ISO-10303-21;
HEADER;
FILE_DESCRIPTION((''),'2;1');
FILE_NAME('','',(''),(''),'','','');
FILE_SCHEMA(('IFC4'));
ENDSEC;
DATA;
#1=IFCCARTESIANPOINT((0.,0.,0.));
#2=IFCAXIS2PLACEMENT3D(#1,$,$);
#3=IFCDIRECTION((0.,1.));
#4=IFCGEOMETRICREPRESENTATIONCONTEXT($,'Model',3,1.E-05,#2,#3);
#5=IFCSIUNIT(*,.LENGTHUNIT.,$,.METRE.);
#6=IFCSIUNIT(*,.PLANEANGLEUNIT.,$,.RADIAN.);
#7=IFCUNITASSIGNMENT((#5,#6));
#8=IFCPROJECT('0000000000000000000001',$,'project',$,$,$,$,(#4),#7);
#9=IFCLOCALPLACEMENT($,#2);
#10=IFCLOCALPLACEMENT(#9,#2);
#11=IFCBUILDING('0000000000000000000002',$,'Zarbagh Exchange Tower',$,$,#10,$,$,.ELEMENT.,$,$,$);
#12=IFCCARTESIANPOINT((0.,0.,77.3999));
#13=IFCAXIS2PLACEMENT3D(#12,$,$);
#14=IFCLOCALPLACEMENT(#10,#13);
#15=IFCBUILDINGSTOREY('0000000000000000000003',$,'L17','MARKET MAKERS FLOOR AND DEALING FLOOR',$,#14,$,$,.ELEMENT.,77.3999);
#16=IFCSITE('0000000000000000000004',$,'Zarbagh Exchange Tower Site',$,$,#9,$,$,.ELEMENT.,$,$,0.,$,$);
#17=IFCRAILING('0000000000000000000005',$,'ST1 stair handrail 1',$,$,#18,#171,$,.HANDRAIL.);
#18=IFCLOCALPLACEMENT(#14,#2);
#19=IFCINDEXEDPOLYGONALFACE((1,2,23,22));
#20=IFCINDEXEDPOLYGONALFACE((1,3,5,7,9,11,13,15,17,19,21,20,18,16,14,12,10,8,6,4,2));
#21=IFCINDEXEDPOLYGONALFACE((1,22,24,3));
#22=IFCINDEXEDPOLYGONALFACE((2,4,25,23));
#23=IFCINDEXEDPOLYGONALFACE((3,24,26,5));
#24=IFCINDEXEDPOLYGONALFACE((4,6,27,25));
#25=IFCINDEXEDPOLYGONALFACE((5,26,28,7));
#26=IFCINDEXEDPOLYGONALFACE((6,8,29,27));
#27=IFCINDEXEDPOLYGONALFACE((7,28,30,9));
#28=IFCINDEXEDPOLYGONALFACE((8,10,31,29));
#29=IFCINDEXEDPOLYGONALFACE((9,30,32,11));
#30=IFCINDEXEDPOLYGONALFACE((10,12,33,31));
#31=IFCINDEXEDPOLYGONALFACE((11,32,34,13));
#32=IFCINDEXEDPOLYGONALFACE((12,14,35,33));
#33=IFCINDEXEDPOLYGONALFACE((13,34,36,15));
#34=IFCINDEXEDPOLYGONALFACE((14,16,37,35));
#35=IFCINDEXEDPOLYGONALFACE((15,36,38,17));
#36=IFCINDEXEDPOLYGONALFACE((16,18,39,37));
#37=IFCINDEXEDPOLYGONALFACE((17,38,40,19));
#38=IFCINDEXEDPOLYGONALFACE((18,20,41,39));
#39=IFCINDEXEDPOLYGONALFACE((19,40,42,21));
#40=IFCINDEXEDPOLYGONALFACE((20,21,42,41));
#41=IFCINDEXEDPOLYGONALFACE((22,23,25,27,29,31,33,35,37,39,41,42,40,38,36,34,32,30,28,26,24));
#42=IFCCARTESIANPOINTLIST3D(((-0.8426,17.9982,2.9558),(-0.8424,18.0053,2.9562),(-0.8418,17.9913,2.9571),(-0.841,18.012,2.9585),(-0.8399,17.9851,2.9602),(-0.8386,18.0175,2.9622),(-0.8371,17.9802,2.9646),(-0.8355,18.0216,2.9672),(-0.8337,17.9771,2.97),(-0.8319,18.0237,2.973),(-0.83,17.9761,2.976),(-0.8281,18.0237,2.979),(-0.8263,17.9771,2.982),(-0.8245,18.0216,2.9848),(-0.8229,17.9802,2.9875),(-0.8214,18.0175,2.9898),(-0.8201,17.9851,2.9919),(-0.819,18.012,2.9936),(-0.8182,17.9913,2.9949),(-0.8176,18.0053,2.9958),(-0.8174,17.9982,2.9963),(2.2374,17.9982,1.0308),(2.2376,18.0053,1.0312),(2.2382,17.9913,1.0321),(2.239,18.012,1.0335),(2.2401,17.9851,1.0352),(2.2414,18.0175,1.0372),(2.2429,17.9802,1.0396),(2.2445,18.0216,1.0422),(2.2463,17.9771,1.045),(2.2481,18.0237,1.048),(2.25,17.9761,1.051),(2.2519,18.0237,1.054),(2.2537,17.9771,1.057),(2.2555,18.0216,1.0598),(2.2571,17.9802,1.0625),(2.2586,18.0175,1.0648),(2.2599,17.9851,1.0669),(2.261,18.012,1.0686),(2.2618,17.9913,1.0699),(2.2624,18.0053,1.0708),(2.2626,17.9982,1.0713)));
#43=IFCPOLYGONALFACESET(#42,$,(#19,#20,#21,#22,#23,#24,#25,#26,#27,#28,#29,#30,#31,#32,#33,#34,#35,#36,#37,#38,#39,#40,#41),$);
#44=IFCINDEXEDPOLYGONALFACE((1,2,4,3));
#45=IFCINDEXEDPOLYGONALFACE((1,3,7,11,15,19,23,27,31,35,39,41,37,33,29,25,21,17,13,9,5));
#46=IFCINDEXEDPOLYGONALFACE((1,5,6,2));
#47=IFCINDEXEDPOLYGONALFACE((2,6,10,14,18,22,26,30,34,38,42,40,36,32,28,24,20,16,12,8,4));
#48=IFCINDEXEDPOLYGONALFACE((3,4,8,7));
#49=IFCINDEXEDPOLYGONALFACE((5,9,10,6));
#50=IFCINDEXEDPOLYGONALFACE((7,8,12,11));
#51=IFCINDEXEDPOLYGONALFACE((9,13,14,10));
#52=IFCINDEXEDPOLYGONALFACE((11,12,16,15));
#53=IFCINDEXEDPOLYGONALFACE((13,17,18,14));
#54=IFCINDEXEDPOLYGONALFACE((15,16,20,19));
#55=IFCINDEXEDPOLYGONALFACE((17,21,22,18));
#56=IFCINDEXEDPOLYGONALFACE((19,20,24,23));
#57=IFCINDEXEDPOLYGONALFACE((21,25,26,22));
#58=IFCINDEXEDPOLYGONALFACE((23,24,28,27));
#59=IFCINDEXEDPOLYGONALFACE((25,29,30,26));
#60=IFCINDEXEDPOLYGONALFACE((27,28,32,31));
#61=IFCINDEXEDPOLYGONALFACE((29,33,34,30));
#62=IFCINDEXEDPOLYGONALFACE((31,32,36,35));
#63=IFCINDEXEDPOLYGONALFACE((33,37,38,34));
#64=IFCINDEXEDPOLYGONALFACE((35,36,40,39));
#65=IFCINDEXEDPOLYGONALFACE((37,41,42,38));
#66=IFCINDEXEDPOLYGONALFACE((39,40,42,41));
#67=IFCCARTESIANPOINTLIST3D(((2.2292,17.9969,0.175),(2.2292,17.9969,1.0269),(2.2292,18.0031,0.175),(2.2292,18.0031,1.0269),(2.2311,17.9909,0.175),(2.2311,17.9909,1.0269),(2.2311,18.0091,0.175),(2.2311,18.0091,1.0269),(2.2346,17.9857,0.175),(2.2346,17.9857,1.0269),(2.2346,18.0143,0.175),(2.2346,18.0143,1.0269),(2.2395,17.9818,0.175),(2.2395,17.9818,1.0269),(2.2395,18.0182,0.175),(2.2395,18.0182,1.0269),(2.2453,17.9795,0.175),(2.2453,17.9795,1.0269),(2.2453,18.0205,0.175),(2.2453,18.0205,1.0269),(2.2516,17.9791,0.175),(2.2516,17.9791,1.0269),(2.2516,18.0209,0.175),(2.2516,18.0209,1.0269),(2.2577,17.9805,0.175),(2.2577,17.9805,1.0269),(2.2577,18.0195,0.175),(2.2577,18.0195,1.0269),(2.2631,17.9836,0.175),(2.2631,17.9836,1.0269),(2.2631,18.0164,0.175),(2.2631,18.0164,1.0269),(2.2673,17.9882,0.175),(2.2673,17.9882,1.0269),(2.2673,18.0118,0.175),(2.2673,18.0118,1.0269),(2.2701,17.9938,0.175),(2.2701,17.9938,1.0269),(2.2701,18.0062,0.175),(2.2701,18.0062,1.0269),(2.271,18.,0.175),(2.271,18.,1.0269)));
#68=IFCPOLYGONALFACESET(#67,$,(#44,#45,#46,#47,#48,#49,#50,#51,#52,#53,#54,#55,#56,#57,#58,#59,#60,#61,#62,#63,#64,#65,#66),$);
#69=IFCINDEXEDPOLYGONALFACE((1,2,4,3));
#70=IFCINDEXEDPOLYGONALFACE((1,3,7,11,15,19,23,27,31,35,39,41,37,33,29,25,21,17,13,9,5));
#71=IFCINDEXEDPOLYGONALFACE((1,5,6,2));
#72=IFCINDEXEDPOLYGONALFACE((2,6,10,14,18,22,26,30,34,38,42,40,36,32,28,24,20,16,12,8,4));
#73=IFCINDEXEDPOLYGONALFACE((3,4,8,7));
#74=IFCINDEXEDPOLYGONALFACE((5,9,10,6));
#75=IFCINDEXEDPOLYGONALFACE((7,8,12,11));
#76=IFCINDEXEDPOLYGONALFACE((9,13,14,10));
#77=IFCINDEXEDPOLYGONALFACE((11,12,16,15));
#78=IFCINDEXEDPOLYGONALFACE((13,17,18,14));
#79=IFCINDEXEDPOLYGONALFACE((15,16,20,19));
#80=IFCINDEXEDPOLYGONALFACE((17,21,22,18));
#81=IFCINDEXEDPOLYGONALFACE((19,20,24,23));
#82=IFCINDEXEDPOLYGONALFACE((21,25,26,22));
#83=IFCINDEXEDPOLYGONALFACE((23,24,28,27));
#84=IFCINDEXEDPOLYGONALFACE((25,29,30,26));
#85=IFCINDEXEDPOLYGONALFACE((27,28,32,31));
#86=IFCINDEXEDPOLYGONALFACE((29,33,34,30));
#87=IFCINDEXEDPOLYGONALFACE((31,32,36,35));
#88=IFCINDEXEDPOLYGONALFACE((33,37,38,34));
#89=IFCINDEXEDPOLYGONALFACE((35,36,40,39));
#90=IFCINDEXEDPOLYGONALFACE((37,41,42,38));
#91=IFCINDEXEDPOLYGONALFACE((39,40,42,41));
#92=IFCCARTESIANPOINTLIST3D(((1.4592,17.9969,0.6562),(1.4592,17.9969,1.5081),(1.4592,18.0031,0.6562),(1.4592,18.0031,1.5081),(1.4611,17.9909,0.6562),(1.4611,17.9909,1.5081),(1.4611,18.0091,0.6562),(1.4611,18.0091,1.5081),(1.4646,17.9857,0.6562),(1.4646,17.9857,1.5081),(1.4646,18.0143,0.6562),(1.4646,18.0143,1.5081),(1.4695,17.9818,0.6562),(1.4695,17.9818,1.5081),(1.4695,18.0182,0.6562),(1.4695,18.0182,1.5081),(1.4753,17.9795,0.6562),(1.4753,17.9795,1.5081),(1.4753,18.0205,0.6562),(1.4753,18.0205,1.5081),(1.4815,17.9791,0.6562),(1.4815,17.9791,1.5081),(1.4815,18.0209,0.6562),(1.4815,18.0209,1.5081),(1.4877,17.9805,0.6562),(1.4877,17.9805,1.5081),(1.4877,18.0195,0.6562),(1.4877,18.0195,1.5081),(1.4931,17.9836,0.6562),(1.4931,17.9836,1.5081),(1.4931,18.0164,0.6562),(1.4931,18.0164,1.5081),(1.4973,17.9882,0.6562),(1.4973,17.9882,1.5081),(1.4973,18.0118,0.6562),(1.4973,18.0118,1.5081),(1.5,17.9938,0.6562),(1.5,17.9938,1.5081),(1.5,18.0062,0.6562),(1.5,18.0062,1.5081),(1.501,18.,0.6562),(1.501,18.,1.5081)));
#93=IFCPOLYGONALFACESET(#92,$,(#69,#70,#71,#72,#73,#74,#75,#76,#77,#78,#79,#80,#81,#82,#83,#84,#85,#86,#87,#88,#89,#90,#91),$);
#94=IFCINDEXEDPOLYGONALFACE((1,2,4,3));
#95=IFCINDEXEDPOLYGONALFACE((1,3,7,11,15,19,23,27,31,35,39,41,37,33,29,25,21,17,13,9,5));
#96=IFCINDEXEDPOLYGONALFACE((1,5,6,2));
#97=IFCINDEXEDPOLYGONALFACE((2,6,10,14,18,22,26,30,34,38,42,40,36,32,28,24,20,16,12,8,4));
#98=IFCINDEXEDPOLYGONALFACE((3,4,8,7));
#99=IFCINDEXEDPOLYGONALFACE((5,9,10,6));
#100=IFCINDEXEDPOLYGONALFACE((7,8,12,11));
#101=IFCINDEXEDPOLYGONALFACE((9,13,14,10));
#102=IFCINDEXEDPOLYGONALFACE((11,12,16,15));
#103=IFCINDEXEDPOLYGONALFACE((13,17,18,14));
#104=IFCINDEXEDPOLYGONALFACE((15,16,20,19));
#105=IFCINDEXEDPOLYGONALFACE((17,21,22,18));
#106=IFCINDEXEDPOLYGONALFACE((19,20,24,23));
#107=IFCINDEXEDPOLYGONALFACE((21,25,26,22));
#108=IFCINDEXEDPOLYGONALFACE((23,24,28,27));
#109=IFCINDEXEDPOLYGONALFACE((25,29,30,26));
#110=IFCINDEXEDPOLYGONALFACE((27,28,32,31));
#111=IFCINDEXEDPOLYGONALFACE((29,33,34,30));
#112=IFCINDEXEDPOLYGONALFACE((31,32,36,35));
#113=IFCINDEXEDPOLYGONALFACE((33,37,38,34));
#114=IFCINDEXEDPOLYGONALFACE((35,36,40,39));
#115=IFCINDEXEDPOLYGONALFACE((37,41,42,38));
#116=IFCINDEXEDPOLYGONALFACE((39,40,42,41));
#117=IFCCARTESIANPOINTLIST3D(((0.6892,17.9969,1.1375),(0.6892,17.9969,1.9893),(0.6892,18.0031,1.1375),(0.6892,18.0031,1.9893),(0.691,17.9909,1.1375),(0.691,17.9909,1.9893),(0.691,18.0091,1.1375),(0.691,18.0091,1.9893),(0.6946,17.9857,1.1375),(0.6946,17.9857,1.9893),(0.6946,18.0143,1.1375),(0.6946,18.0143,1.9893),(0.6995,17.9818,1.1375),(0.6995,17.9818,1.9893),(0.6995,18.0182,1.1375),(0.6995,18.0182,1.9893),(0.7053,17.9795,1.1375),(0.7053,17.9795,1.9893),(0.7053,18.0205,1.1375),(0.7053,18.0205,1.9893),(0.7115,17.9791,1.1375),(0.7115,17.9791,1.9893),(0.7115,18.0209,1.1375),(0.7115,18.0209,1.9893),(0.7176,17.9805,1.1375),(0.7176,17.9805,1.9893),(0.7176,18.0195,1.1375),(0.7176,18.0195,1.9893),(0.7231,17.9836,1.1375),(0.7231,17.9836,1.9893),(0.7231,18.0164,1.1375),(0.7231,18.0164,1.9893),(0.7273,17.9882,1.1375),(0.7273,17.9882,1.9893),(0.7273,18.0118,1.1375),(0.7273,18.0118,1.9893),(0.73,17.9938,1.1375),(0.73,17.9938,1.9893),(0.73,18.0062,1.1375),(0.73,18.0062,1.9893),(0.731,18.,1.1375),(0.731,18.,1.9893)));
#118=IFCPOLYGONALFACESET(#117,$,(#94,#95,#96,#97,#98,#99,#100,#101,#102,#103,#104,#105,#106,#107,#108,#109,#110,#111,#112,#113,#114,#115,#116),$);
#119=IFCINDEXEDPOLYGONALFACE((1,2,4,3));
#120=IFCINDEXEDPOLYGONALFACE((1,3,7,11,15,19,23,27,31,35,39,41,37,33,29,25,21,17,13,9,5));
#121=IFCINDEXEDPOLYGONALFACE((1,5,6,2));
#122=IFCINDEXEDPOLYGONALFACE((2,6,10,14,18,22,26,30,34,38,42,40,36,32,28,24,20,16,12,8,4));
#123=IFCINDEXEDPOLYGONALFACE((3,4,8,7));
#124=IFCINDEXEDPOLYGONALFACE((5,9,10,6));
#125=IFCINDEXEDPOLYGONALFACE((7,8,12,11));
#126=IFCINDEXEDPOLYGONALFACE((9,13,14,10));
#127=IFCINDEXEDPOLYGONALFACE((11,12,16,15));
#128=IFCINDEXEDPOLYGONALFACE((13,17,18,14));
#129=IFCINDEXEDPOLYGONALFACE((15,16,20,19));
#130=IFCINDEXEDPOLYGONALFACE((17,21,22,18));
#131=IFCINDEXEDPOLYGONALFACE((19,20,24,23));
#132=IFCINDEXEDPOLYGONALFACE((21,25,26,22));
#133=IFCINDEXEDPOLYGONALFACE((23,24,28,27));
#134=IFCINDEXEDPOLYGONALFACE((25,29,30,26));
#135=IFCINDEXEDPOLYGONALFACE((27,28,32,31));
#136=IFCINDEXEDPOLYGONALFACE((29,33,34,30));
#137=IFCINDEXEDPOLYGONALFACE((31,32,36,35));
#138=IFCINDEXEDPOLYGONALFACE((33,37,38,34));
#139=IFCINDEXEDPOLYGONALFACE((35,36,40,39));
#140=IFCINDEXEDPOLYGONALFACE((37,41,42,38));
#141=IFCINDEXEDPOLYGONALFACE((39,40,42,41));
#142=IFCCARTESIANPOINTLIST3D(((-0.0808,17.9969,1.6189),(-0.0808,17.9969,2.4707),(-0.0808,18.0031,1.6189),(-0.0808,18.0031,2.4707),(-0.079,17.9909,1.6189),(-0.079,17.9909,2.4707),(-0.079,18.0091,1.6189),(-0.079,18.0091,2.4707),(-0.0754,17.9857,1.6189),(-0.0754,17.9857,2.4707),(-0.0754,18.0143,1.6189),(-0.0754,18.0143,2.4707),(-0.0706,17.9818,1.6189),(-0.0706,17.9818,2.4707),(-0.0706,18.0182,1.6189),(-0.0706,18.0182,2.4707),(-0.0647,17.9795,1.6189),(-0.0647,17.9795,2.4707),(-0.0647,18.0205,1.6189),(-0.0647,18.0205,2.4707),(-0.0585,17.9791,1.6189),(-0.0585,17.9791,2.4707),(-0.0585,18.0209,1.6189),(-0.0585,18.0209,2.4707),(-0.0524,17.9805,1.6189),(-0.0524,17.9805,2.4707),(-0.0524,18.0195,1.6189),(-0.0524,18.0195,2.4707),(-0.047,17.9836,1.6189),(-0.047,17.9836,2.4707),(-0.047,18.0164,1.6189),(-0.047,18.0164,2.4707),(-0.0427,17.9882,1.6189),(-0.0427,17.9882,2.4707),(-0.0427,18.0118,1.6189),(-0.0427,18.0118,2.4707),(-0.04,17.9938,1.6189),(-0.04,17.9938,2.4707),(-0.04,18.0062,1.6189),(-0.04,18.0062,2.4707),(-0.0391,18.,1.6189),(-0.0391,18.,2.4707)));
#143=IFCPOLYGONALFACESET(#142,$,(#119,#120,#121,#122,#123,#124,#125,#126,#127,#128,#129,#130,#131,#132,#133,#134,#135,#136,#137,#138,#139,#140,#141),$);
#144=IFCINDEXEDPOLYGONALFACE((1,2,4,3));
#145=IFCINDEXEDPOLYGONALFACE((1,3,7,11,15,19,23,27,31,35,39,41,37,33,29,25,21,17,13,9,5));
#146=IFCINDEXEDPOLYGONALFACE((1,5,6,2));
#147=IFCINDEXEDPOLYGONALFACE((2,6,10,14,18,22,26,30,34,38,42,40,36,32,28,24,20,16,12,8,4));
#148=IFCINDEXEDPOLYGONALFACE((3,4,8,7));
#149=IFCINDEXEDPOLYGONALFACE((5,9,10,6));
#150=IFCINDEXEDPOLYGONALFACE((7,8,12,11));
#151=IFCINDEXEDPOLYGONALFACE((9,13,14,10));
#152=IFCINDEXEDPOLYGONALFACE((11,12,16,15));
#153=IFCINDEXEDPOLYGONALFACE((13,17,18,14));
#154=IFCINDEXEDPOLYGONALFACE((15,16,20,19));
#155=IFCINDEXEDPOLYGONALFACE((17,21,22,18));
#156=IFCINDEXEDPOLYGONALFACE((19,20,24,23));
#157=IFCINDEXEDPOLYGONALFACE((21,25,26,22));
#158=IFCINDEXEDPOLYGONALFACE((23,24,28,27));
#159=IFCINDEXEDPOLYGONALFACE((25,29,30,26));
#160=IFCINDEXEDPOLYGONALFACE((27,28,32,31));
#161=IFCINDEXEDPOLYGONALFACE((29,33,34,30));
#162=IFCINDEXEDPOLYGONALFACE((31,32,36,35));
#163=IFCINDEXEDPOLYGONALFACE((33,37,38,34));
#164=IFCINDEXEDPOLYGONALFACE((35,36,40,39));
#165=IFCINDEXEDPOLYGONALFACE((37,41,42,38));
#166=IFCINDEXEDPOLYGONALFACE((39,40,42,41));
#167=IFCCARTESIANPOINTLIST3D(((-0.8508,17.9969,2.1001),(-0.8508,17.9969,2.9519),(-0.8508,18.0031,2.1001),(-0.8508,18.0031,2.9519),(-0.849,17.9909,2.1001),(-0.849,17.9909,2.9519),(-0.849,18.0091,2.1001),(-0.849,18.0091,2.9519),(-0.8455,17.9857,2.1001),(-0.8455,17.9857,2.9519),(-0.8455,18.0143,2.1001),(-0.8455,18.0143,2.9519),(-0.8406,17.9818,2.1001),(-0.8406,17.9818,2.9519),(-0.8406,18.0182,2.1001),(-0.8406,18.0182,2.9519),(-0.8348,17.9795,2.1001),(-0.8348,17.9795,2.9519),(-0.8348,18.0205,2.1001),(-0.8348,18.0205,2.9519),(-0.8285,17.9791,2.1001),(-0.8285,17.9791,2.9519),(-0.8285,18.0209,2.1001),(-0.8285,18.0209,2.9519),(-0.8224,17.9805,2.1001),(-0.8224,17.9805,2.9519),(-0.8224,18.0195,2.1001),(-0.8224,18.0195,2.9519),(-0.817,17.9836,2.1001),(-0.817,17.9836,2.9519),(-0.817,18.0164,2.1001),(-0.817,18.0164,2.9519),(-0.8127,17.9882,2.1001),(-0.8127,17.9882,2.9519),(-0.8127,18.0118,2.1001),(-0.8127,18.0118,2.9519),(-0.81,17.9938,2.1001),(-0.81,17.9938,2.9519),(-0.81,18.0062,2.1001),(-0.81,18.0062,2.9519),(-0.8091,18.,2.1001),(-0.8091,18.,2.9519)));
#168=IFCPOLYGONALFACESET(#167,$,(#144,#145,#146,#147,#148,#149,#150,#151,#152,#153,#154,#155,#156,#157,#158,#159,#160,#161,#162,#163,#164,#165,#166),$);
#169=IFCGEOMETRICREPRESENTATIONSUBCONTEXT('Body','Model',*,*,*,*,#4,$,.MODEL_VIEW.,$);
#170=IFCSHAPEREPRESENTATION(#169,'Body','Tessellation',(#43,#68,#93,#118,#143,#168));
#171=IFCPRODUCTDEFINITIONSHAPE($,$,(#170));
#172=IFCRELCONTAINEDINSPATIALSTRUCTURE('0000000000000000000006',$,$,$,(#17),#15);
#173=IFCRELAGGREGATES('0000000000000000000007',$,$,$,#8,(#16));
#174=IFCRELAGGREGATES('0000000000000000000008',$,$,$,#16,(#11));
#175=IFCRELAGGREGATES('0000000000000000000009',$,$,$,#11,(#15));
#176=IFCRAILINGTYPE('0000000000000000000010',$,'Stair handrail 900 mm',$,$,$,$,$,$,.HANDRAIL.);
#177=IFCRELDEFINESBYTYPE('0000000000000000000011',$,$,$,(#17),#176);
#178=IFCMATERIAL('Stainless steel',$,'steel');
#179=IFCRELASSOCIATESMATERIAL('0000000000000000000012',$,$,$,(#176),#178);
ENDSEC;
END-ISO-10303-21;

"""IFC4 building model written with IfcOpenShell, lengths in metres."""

from ifc_helpers import new_model, si_unit, direction, frame, origin, origin_2d, place, context, subcontext, project, spatial, circle, extrude, material, type_object, element, save


model = new_model("IFC4")

# Units and contexts
model_context = context("Model", 3, precision=1e-05, world=origin(), true_north=direction((0.0, 1.0)))
body_context = subcontext(model_context, "Body", "Model", "MODEL_VIEW")
ifc_project = project(units=[si_unit("LENGTHUNIT", "METRE"), si_unit("PLANEANGLEUNIT", "RADIAN")], contexts=[model_context])

# Site, building, storey
site_placement = place(None, origin())
site = spatial("IfcSite", under=ifc_project, at=site_placement, Name="Zarbagh Exchange Tower Site", CompositionType="ELEMENT", RefElevation=0.0)
building_placement = place(site_placement, origin())
building = spatial("IfcBuilding", under=site, at=building_placement, Name="Zarbagh Exchange Tower", CompositionType="ELEMENT")
storey_placement = place(building_placement, frame((0.0, 0.0, 77.3999)))
storey = spatial("IfcBuildingStorey", under=building, at=storey_placement, Name="L17", Description="MARKET MAKERS FLOOR AND DEALING FLOOR", CompositionType="ELEMENT", Elevation=77.3999)

# Shared definitions
ifc_material_1 = material(Name="Stainless steel", Category="steel")

# Railing
railing_type = type_object("IfcRailingType", Name="Stair handrail 900 mm", PredefinedType="HANDRAIL", material=ifc_material_1)
railing_placement = place(storey_placement, frame((2.25, 18.0, 0.175)))
element("IfcRailing", 1, at=railing_placement, inside=storey, type_object=railing_type, Name="ST1 stair handrail 1", PredefinedType="HANDRAIL", context=body_context, shape_type="SweptSolid", body=[
    extrude(circle(Radius=0.0239, at=origin_2d()), frame((0.0, 0.0, 0.876), z_axis=(-0.847998, 0.0, 0.529999), x_axis=(0.0, -1.0, 0.0)), (0.0, 0.0, 1.0), 3.6321),
    extrude(circle(Radius=0.021, at=origin_2d()), origin(), (0.0, 0.0, 1.0), 0.8518),
    extrude(circle(Radius=0.021, at=origin_2d()), frame((-0.77, 0.0, 0.4812)), (0.0, 0.0, 1.0), 0.8518),
    extrude(circle(Radius=0.021, at=origin_2d()), frame((-1.54, 0.0, 0.9624)), (0.0, 0.0, 1.0), 0.8518),
    extrude(circle(Radius=0.021, at=origin_2d()), frame((-2.3101, 0.0, 1.4438)), (0.0, 0.0, 1.0), 0.8518),
    extrude(circle(Radius=0.021, at=origin_2d()), frame((-3.0801, 0.0, 1.925)), (0.0, 0.0, 1.0), 0.8518),
])

save(model, "model.ifc")
